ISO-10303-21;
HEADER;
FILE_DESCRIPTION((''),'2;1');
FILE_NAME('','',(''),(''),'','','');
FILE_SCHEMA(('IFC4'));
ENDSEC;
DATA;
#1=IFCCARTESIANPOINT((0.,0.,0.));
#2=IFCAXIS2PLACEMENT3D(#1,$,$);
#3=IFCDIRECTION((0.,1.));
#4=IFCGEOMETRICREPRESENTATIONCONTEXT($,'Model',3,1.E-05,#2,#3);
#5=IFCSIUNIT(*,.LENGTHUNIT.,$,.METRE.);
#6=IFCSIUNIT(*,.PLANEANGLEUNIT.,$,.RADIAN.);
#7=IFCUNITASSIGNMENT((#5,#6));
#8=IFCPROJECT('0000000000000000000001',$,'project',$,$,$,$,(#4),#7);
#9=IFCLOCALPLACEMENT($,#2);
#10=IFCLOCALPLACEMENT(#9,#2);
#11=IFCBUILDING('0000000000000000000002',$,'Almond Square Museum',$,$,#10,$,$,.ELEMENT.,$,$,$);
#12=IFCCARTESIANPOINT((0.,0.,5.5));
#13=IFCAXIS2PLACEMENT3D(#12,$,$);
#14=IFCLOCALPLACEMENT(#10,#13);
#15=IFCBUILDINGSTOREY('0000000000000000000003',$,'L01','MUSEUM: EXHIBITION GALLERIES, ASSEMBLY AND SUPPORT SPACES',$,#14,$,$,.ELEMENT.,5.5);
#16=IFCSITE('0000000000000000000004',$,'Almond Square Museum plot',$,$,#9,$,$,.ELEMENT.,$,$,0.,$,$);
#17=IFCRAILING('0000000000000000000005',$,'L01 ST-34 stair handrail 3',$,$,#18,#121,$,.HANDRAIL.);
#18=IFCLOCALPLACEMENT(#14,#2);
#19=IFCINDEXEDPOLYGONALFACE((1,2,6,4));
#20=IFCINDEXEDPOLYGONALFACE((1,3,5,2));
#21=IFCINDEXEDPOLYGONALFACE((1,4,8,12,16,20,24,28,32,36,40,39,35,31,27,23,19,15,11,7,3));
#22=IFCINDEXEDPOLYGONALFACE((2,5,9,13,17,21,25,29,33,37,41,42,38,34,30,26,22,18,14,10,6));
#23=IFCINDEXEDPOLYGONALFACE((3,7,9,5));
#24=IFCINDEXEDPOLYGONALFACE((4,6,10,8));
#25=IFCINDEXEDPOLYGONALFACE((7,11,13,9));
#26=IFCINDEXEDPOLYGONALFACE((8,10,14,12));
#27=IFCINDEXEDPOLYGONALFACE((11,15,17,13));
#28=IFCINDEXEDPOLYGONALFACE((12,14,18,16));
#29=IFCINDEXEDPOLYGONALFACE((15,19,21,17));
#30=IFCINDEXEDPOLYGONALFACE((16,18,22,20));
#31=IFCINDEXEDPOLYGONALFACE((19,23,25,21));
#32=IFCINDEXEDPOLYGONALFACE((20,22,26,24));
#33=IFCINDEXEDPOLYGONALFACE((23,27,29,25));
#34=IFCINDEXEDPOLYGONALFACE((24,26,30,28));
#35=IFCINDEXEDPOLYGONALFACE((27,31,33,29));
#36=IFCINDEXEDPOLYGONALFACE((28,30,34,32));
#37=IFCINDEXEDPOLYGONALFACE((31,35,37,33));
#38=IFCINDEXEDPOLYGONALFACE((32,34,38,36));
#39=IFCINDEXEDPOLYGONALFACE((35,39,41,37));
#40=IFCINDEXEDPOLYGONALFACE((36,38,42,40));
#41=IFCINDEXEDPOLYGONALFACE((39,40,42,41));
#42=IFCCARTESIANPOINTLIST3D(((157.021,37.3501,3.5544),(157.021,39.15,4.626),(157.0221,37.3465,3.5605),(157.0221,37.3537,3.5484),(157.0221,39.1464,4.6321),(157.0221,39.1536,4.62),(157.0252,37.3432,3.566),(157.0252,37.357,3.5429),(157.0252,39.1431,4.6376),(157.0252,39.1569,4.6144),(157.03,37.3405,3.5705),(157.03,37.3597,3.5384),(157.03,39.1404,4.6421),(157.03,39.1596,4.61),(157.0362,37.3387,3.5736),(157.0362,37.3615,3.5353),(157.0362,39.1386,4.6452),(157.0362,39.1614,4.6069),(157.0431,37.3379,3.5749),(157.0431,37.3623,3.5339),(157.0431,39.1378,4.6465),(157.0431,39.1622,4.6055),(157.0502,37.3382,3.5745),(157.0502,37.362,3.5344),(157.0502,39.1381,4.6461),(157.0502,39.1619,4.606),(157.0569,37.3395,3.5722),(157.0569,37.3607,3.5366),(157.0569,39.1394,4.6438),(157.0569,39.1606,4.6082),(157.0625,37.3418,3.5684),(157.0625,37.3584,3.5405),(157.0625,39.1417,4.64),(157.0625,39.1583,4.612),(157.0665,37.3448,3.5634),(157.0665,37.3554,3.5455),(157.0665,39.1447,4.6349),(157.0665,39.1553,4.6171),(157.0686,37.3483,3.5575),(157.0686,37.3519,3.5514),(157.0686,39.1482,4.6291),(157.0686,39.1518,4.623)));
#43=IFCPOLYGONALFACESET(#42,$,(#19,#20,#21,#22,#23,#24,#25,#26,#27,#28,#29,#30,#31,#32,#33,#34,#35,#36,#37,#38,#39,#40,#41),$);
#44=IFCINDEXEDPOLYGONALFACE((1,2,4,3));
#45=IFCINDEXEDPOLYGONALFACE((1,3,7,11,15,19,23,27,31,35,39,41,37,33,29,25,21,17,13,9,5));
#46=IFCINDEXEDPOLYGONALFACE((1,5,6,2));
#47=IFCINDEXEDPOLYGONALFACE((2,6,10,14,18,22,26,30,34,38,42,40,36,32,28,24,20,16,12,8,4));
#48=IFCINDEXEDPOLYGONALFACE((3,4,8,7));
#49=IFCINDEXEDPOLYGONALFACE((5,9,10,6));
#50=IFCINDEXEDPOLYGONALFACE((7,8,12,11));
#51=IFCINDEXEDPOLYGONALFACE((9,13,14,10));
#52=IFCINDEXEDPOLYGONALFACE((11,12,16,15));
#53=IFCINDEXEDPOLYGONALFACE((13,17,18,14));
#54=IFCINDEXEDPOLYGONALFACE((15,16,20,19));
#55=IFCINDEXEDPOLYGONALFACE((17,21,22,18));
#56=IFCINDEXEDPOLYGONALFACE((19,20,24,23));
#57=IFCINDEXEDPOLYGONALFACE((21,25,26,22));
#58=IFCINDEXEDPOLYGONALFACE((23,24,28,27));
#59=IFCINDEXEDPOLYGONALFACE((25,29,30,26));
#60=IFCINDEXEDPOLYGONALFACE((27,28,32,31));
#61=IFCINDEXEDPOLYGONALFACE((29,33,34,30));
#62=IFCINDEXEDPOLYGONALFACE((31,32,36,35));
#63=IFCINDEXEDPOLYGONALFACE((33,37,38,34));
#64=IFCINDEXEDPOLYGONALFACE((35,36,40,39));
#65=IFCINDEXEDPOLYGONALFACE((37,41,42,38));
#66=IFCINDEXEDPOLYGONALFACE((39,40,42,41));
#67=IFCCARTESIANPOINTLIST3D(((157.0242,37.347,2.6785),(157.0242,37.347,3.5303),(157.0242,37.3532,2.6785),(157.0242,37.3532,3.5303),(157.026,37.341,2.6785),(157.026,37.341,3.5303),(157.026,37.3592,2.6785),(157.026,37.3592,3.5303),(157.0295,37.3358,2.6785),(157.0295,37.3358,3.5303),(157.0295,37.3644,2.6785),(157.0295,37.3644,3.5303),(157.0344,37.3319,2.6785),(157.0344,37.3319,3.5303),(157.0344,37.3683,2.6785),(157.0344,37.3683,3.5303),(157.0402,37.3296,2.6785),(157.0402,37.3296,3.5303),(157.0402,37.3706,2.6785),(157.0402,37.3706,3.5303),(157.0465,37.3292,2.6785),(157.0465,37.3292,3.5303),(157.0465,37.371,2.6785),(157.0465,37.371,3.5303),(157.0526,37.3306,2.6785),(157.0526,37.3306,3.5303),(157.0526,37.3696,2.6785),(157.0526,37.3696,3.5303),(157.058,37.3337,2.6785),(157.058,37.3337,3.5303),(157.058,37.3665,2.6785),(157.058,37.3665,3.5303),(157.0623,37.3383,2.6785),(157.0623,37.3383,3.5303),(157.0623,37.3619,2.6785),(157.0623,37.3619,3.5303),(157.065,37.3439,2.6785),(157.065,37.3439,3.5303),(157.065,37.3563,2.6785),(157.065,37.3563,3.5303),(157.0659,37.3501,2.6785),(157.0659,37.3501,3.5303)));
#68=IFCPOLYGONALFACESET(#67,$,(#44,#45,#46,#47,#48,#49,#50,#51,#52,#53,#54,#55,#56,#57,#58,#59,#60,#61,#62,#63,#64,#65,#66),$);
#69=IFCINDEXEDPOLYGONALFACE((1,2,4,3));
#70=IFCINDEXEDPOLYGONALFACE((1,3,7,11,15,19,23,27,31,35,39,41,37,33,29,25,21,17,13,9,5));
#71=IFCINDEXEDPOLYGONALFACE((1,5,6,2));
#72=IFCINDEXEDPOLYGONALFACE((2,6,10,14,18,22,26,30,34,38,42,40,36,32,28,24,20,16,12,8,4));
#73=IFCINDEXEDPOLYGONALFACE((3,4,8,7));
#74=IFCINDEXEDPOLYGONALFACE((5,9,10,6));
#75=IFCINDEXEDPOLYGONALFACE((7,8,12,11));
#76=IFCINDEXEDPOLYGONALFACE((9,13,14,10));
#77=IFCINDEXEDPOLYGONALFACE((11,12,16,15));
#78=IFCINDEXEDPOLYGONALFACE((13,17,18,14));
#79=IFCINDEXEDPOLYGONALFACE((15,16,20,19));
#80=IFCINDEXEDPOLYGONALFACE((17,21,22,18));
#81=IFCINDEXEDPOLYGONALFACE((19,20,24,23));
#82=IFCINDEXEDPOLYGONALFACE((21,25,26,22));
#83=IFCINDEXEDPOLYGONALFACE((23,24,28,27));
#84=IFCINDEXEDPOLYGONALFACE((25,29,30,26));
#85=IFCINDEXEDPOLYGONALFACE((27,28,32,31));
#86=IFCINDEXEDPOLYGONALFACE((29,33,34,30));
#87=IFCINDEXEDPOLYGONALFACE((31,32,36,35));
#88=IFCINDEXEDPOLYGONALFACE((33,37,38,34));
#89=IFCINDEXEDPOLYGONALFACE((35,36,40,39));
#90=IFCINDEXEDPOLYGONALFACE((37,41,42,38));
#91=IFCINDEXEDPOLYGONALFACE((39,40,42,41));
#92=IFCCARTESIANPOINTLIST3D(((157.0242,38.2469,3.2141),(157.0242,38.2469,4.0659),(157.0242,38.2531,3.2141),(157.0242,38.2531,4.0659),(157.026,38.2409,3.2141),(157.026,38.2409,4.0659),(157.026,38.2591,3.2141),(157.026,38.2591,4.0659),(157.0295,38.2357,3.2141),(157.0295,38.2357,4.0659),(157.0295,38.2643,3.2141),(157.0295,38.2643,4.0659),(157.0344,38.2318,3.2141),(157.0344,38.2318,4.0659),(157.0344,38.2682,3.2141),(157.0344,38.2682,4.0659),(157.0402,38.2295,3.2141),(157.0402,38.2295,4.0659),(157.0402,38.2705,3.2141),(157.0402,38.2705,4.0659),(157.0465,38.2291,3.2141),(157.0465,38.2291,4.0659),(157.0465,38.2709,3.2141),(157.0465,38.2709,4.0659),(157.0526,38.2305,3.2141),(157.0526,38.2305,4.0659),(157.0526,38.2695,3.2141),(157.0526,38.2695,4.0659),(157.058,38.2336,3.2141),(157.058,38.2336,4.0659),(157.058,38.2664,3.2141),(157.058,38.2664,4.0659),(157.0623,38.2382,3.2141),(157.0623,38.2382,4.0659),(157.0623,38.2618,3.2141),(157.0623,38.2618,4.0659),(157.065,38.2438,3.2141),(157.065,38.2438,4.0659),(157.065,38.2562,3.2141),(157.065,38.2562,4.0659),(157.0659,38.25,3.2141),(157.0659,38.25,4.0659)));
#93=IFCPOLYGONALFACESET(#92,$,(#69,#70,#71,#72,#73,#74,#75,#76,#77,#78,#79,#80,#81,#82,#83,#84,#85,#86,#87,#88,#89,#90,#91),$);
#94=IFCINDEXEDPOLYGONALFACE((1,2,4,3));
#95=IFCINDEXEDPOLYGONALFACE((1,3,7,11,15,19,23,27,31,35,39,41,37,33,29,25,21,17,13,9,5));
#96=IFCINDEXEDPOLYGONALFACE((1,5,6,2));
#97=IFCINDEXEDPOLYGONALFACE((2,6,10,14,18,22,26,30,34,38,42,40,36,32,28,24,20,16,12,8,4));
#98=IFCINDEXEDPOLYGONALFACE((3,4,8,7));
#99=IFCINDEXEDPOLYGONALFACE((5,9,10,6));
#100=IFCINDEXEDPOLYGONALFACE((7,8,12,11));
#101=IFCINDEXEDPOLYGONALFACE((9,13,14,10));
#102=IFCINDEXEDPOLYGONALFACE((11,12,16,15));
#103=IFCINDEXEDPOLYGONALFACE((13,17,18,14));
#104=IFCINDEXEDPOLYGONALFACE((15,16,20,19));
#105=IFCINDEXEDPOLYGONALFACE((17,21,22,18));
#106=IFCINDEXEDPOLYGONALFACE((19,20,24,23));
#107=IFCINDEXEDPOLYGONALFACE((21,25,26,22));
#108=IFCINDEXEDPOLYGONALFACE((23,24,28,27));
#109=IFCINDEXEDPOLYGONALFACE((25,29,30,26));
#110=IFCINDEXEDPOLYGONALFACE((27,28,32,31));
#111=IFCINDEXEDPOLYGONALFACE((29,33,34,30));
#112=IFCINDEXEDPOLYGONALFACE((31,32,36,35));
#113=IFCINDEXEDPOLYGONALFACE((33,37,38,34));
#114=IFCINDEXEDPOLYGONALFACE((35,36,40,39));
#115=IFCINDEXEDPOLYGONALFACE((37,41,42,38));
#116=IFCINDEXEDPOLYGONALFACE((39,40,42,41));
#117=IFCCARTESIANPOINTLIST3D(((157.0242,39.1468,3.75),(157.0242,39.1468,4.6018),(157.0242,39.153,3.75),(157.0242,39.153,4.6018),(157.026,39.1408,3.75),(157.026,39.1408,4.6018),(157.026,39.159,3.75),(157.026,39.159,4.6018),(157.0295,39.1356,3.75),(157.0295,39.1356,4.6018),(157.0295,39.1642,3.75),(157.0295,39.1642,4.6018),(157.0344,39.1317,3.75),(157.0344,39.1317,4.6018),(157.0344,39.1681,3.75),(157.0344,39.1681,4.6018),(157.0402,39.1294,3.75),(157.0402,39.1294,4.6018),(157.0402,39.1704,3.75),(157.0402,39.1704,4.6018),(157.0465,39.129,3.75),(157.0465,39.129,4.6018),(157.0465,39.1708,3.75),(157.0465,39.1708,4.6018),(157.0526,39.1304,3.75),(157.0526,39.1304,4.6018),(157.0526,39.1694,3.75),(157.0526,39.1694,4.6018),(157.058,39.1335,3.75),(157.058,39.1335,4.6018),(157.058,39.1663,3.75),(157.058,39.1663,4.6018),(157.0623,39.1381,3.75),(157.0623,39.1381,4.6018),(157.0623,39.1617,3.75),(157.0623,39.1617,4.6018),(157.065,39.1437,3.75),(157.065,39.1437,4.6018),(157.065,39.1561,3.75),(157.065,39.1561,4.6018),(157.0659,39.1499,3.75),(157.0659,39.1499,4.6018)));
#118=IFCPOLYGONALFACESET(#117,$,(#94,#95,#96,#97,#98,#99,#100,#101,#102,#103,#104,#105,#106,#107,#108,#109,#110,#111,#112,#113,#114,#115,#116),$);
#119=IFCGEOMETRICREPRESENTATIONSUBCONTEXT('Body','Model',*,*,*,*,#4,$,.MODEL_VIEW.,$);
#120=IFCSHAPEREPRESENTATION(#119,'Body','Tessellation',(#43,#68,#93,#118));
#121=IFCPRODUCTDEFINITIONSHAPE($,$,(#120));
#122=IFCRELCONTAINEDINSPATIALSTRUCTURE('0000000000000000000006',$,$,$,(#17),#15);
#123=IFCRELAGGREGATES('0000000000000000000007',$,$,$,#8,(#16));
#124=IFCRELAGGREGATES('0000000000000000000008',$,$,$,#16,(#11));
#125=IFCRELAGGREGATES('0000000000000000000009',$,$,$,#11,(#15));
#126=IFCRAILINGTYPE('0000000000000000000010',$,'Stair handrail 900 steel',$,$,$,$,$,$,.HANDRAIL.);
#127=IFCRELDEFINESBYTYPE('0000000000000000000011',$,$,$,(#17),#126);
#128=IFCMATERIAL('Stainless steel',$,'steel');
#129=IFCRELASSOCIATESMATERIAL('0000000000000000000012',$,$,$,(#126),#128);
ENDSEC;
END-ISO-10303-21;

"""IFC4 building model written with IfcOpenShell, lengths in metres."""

from ifc_helpers import new_model, si_unit, direction, frame, origin, origin_2d, place, context, subcontext, project, spatial, circle, extrude, material, type_object, element, save


model = new_model("IFC4")

# Units and contexts
model_context = context("Model", 3, precision=1e-05, world=origin(), true_north=direction((0.0, 1.0)))
body_context = subcontext(model_context, "Body", "Model", "MODEL_VIEW")
ifc_project = project(units=[si_unit("LENGTHUNIT", "METRE"), si_unit("PLANEANGLEUNIT", "RADIAN")], contexts=[model_context])

# Site, building, storey
site_placement = place(None, origin())
site = spatial("IfcSite", under=ifc_project, at=site_placement, Name="Almond Square Museum plot", CompositionType="ELEMENT", RefElevation=0.0)
building_placement = place(site_placement, origin())
building = spatial("IfcBuilding", under=site, at=building_placement, Name="Almond Square Museum", CompositionType="ELEMENT")
storey_placement = place(building_placement, frame((0.0, 0.0, 5.5)))
storey = spatial("IfcBuildingStorey", under=building, at=storey_placement, Name="L01", Description="MUSEUM: EXHIBITION GALLERIES, ASSEMBLY AND SUPPORT SPACES", CompositionType="ELEMENT", Elevation=5.5)

# Railing
ifc_material_1 = material(Name="Stainless steel", Category="steel")
railing_type_1 = type_object("IfcRailingType", Name="Stair handrail 900 steel", PredefinedType="HANDRAIL", material=ifc_material_1)
railing_1_placement = place(storey_placement, frame((157.0449, 37.3501, 2.6785)))
element("IfcRailing", 1, at=railing_1_placement, inside=storey, type_object=railing_type_1, Name="L01 ST-34 stair handrail 3", PredefinedType="HANDRAIL", context=body_context, shape_type="SweptSolid", body=[
    extrude(circle(Radius=0.0239, at=origin_2d()), frame((0.0, 0.0, 0.876), z_axis=(0.0, 0.859247, 0.511562), x_axis=(-1.0, 0.0, 0.0)), (0.0, 0.0, 1.0), 2.0947),
    extrude(circle(Radius=0.021, at=origin_2d()), origin(), (0.0, 0.0, 1.0), 0.8518),
    extrude(circle(Radius=0.021, at=origin_2d()), frame((0.0, 0.8999, 0.5356)), (0.0, 0.0, 1.0), 0.8518),
    extrude(circle(Radius=0.021, at=origin_2d()), frame((0.0, 1.7998, 1.0715)), (0.0, 0.0, 1.0), 0.8518),
])

save(model, "model.ifc")
